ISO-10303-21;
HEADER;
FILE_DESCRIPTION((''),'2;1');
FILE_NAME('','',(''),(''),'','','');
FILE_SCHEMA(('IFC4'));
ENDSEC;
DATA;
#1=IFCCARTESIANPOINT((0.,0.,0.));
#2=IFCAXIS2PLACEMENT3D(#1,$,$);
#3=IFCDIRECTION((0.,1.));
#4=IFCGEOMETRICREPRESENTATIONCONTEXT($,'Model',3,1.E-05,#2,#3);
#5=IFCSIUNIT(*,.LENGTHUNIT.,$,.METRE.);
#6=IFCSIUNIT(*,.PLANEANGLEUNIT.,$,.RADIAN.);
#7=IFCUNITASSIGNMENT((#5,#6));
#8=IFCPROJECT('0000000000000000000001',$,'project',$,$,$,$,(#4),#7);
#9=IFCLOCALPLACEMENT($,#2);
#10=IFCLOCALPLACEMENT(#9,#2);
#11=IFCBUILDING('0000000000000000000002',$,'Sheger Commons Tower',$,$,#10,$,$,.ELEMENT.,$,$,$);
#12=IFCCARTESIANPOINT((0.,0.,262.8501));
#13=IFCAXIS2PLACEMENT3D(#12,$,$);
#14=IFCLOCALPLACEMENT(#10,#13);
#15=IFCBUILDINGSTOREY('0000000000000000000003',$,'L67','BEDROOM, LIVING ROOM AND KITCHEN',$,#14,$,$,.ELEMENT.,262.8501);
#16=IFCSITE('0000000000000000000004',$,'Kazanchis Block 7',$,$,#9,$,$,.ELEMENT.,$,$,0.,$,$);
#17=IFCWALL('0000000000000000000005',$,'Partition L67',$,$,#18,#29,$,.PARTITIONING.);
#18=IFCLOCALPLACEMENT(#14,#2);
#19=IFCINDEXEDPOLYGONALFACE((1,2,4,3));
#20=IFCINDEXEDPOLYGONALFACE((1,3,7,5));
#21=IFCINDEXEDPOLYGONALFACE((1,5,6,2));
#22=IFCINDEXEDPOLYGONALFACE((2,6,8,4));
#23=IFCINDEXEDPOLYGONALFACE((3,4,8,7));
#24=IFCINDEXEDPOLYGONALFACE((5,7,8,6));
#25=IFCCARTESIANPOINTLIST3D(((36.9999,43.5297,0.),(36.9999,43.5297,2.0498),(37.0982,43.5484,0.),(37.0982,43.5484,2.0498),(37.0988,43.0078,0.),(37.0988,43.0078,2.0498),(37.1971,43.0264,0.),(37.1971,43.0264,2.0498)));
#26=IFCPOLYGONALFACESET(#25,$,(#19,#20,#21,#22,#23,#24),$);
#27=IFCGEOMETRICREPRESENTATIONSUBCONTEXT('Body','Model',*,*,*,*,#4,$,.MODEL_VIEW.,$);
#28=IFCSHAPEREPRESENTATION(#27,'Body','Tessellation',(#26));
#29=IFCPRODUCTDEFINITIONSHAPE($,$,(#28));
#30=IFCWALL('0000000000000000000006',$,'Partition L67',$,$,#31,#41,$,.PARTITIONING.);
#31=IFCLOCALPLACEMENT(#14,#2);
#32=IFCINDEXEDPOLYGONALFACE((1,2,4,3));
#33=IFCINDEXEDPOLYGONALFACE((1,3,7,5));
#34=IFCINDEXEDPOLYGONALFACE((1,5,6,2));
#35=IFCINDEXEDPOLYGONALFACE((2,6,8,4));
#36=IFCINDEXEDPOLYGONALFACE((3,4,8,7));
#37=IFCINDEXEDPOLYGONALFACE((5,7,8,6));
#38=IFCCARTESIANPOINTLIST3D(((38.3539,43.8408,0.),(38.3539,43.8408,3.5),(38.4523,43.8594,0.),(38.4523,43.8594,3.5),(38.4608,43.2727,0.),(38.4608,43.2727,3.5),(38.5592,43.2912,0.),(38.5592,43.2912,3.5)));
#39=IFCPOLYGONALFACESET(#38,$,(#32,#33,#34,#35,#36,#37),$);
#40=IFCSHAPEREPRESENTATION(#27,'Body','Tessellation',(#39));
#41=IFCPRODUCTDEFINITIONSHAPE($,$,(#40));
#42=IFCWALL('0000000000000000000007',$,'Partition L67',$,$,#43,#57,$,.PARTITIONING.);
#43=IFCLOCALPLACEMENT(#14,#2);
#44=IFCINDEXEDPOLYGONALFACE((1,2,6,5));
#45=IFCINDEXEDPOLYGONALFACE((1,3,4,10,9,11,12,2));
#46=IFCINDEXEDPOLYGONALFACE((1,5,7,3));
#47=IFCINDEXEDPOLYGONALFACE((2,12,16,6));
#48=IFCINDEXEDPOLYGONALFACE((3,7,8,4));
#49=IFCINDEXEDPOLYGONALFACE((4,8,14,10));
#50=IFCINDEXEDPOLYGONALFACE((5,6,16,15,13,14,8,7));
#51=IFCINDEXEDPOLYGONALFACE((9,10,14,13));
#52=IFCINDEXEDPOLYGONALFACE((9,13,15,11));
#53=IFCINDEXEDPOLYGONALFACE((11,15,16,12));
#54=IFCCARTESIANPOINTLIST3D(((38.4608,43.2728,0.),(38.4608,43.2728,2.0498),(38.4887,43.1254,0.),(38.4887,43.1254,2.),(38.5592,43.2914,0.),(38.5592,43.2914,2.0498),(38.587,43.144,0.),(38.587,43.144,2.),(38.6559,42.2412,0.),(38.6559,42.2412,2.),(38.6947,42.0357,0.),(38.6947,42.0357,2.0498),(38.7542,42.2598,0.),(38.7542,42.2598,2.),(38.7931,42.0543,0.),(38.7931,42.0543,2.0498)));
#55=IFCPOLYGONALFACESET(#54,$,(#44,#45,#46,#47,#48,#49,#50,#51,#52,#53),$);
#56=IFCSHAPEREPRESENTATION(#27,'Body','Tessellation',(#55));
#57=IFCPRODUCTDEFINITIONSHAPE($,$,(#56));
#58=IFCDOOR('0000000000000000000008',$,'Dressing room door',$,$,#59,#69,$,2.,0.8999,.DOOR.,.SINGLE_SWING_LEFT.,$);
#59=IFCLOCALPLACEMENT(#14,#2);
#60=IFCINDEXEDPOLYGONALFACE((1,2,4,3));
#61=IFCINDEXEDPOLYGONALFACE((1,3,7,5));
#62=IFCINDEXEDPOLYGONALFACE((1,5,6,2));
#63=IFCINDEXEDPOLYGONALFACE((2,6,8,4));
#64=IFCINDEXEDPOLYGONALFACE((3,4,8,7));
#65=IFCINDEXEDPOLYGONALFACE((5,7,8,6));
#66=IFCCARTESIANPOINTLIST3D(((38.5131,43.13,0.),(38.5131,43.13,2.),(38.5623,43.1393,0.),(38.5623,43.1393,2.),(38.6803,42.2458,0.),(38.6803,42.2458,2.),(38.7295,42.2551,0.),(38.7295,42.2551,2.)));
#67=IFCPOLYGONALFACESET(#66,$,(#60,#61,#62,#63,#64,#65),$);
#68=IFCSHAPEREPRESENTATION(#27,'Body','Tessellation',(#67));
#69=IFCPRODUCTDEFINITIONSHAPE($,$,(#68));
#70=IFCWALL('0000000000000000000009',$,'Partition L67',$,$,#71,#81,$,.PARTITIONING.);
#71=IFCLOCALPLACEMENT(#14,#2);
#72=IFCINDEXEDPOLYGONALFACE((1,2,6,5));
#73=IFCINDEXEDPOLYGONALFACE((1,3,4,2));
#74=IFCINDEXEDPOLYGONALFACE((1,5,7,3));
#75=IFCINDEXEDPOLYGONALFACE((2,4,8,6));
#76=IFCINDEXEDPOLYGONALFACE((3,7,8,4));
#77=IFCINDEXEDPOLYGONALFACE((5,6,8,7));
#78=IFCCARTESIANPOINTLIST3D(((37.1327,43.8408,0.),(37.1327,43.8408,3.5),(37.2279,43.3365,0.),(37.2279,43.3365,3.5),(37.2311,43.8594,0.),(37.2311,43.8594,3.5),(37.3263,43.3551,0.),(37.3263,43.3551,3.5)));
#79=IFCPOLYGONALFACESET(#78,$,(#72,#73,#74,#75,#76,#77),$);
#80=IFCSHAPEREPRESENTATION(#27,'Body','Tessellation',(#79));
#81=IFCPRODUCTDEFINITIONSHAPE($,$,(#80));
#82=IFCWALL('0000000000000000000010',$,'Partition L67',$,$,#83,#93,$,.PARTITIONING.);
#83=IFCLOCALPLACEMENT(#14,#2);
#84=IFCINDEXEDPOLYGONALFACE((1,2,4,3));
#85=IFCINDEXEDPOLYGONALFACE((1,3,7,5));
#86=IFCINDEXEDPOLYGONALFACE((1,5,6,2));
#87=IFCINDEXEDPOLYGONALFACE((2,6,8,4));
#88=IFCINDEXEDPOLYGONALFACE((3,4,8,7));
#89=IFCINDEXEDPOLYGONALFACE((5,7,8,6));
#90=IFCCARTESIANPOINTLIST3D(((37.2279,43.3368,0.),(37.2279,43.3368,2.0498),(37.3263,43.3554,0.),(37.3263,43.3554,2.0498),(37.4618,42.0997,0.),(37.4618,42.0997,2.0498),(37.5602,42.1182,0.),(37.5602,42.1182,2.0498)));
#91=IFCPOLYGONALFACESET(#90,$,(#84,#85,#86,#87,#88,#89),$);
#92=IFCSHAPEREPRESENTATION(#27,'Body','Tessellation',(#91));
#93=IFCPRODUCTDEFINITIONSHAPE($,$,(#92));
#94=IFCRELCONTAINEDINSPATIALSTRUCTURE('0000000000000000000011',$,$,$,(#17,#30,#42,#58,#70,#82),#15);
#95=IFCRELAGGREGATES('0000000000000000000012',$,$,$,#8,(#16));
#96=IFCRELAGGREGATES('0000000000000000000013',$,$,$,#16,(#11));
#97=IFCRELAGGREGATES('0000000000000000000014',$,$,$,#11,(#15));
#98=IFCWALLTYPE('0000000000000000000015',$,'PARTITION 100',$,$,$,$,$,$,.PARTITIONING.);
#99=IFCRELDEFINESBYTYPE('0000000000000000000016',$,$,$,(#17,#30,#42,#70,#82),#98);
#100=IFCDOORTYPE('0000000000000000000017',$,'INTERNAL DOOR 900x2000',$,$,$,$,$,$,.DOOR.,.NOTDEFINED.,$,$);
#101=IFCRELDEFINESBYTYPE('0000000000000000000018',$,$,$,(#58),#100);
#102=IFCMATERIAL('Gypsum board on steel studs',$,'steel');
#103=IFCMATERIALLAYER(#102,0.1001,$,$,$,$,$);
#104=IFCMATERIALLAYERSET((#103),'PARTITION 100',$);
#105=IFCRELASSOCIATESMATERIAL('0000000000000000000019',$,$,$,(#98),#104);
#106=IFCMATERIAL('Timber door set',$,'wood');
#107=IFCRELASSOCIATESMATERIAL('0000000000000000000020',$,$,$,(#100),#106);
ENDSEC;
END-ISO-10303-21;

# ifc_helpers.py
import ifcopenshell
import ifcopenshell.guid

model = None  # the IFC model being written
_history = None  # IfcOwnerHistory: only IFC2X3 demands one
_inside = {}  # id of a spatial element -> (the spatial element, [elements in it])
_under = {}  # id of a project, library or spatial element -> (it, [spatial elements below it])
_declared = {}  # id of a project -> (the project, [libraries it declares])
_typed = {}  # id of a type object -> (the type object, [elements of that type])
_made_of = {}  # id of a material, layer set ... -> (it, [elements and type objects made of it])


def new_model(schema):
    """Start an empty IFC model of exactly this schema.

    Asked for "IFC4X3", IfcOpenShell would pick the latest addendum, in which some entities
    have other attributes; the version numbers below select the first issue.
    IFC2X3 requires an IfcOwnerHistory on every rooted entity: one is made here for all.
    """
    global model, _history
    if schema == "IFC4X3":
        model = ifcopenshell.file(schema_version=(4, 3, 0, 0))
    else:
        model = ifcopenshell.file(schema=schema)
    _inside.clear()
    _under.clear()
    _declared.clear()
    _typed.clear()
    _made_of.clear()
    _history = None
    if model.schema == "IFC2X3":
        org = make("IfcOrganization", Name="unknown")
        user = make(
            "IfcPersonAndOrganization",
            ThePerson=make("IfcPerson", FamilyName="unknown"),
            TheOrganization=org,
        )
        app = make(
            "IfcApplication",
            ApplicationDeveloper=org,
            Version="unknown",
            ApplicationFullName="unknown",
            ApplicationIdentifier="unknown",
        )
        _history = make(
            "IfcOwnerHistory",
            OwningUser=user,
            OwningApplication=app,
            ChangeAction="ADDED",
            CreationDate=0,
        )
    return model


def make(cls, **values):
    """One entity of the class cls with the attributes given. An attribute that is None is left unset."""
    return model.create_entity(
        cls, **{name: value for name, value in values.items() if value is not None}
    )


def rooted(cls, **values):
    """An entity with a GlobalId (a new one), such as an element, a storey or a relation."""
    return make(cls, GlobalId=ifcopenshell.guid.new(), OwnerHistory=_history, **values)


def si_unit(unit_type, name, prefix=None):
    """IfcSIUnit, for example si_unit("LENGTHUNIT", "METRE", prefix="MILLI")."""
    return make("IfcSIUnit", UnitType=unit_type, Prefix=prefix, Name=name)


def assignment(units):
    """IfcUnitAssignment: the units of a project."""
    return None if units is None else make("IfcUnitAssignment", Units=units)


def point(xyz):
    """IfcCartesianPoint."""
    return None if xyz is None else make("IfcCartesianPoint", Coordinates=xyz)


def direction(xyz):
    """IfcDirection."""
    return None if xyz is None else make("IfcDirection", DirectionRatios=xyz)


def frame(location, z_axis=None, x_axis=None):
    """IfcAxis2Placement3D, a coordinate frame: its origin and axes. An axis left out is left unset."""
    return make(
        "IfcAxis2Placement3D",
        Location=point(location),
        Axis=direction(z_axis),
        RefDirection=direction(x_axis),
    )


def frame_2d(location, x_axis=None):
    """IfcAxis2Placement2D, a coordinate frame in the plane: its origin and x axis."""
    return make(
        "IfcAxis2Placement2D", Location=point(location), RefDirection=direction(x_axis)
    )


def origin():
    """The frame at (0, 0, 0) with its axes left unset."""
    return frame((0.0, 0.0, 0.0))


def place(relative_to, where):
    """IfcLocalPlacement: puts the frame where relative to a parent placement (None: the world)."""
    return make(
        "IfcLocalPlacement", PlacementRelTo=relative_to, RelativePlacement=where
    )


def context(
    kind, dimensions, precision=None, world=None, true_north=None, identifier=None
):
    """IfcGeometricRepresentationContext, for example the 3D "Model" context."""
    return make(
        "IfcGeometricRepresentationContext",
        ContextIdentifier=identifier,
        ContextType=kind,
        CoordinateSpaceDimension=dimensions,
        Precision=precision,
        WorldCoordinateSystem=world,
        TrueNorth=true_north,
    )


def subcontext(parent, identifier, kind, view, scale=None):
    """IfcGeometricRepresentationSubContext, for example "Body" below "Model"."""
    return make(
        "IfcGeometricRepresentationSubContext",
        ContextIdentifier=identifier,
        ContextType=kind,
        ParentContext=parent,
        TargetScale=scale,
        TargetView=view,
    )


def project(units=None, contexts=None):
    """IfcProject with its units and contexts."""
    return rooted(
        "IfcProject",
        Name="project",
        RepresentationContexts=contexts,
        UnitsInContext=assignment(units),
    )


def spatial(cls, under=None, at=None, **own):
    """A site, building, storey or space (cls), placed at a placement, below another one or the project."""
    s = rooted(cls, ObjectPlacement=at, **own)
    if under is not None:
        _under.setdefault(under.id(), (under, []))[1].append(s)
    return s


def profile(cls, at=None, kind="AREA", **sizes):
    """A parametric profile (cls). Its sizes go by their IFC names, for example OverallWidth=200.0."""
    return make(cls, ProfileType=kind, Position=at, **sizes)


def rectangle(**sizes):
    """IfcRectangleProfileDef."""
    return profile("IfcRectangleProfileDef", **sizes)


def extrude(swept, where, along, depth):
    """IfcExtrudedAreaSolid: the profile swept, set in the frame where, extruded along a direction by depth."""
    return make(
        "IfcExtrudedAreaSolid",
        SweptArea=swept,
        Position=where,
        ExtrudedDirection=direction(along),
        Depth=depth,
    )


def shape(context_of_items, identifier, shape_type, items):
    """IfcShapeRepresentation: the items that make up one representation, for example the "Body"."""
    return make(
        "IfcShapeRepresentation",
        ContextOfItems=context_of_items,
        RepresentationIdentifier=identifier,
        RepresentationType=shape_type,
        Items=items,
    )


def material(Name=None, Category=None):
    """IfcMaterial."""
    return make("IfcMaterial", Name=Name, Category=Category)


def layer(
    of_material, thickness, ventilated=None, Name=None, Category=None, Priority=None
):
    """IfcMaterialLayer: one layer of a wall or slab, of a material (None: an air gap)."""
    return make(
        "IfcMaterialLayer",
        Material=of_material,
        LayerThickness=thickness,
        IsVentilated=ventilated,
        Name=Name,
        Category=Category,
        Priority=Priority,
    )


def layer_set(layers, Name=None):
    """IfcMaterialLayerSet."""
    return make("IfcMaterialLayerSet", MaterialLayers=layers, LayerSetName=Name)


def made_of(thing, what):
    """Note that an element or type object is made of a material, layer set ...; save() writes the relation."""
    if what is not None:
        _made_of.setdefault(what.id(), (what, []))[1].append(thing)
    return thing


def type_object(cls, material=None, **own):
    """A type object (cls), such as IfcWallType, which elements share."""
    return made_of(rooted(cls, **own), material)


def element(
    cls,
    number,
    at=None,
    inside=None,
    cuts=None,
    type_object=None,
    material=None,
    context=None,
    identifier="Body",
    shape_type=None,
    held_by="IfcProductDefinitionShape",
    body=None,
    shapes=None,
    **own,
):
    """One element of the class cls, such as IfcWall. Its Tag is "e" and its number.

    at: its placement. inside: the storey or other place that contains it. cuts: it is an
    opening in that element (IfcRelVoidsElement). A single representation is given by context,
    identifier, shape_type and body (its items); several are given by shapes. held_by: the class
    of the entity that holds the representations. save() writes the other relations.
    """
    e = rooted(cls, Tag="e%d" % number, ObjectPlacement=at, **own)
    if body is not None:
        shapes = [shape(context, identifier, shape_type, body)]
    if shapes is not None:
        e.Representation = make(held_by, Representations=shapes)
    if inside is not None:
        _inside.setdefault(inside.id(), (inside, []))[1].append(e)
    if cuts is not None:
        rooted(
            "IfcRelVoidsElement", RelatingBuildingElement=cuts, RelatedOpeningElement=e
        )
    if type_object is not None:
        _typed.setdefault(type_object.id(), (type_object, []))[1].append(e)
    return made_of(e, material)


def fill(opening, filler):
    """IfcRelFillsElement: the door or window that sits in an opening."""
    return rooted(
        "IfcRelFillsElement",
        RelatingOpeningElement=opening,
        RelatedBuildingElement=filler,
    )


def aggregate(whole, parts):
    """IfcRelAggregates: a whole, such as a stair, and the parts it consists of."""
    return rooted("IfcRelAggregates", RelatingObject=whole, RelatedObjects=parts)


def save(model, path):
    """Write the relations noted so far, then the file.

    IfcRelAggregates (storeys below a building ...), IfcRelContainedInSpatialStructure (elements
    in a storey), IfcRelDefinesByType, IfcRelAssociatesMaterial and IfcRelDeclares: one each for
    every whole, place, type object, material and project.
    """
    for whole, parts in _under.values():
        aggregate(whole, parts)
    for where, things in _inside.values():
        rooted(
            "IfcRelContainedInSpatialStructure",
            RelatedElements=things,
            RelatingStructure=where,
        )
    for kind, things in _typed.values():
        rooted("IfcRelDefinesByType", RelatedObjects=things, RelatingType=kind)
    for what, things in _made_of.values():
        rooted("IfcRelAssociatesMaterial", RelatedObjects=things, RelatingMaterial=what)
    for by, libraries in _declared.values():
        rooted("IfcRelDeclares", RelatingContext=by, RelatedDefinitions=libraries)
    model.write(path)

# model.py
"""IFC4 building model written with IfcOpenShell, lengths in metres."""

from ifc_helpers import new_model, si_unit, direction, frame, frame_2d, origin, place, context, subcontext, project, spatial, rectangle, extrude, material, layer, layer_set, type_object, element, fill, save


model = new_model("IFC4")

# Units and contexts
model_context = context("Model", 3, precision=1e-05, world=origin(), true_north=direction((0.0, 1.0)))
body_context = subcontext(model_context, "Body", "Model", "MODEL_VIEW")
ifc_project = project(units=[si_unit("LENGTHUNIT", "METRE"), si_unit("PLANEANGLEUNIT", "RADIAN")], contexts=[model_context])

# Site, building, storey
site_placement = place(None, origin())
site = spatial("IfcSite", under=ifc_project, at=site_placement, Name="Kazanchis Block 7", CompositionType="ELEMENT", RefElevation=0.0)
building_placement = place(site_placement, origin())
building = spatial("IfcBuilding", under=site, at=building_placement, Name="Sheger Commons Tower", CompositionType="ELEMENT")
storey_placement = place(building_placement, frame((0.0, 0.0, 262.8501)))
storey = spatial("IfcBuildingStorey", under=building, at=storey_placement, Name="L67", Description="BEDROOM, LIVING ROOM AND KITCHEN", CompositionType="ELEMENT", Elevation=262.8501)

# Walls
ifc_material_1 = material(Name="Gypsum board on steel studs", Category="steel")
ifc_layer_1 = layer(ifc_material_1, 0.1001)
ifc_layer_set_1 = layer_set([ifc_layer_1], Name="PARTITION 100")
wall_type_1 = type_object("IfcWallType", Name="PARTITION 100", PredefinedType="PARTITIONING", material=ifc_layer_set_1)
wall_1_placement = place(storey_placement, frame((37.0491, 43.5391, 0.0), z_axis=(0.0, 0.0, 1.0), x_axis=(0.186119, -0.982527, 0.0)))
element("IfcWall", 1, at=wall_1_placement, inside=storey, type_object=wall_type_1, Name="Partition L67", PredefinedType="PARTITIONING", context=body_context, shape_type="SweptSolid", body=[
    extrude(rectangle(XDim=0.5312, YDim=0.1001, at=frame_2d((0.2656, 0.0))), origin(), (0.0, 0.0, 1.0), 2.0498),
])
wall_2_placement = place(storey_placement, frame((38.4031, 43.8501, 0.0), z_axis=(0.0, 0.0, 1.0), x_axis=(0.184977, -0.982743, 0.0)))
element("IfcWall", 2, at=wall_2_placement, inside=storey, type_object=wall_type_1, Name="Partition L67", PredefinedType="PARTITIONING", context=body_context, shape_type="SweptSolid", body=[
    extrude(rectangle(XDim=0.5781, YDim=0.1001, at=frame_2d((0.2891, 0.0))), origin(), (0.0, 0.0, 1.0), 3.5),
])

# Wall, opening, door
wall_3_placement = place(storey_placement, frame((38.51, 43.282, 0.0), z_axis=(0.0, 0.0, 1.0), x_axis=(0.185775, -0.982592, 0.0)))
wall_3 = element("IfcWall", 3, at=wall_3_placement, inside=storey, type_object=wall_type_1, Name="Partition L67", PredefinedType="PARTITIONING", context=body_context, shape_type="SweptSolid", body=[
    extrude(rectangle(XDim=1.259, YDim=0.1001, at=frame_2d((0.6294, 0.0))), origin(), (0.0, 0.0, 1.0), 2.0498),
])
opening_1_placement = place(wall_3_placement, frame((0.1499, 0.0, 0.0)))
opening_1 = element("IfcOpeningElement", 4, at=opening_1_placement, cuts=wall_3, PredefinedType="OPENING", context=body_context, shape_type="SweptSolid", body=[
    extrude(rectangle(XDim=0.8999, YDim=2.0, at=frame_2d((0.45, 1.0))), frame((0.0, 0.0601, 0.0), z_axis=(0.0, -1.0, 0.0), x_axis=(1.0, 0.0, 0.0)), (0.0, 0.0, 1.0), 0.1201),
])
ifc_material_2 = material(Name="Timber door set", Category="wood")
door_type_1 = type_object("IfcDoorType", Name="INTERNAL DOOR 900x2000", OperationType="NOTDEFINED", PredefinedType="DOOR", material=ifc_material_2)
door_1_placement = place(opening_1_placement, origin())
door_1 = element("IfcDoor", 5, at=door_1_placement, inside=storey, type_object=door_type_1, Name="Dressing room door", OperationType="SINGLE_SWING_LEFT", OverallHeight=2.0, OverallWidth=0.8999, PredefinedType="DOOR", context=body_context, shape_type="SweptSolid", body=[
    extrude(rectangle(XDim=0.8999, YDim=2.0, at=frame_2d((0.45, 1.0))), frame((0.0, 0.0249, 0.0), z_axis=(0.0, -1.0, 0.0), x_axis=(1.0, 0.0, 0.0)), (0.0, 0.0, 1.0), 0.05),
])
fill(opening_1, door_1)

# Walls
wall_4_placement = place(storey_placement, frame((37.1819, 43.8501, 0.0), z_axis=(0.0, 0.0, 1.0), x_axis=(0.185581, -0.982629, 0.0)))
element("IfcWall", 6, at=wall_4_placement, inside=storey, type_object=wall_type_1, Name="Partition L67", PredefinedType="PARTITIONING", context=body_context, shape_type="SweptSolid", body=[
    extrude(rectangle(XDim=0.5132, YDim=0.1001, at=frame_2d((0.2566, 0.0))), origin(), (0.0, 0.0, 1.0), 3.5),
])
wall_5_placement = place(storey_placement, frame((37.2771, 43.3459, 0.0), z_axis=(0.0, 0.0, 1.0), x_axis=(0.185775, -0.982592, 0.0)))
element("IfcWall", 7, at=wall_5_placement, inside=storey, type_object=wall_type_1, Name="Partition L67", PredefinedType="PARTITIONING", context=body_context, shape_type="SweptSolid", body=[
    extrude(rectangle(XDim=1.259, YDim=0.1001, at=frame_2d((0.6294, 0.0))), origin(), (0.0, 0.0, 1.0), 2.0498),
])

save(model, "model.ifc")
